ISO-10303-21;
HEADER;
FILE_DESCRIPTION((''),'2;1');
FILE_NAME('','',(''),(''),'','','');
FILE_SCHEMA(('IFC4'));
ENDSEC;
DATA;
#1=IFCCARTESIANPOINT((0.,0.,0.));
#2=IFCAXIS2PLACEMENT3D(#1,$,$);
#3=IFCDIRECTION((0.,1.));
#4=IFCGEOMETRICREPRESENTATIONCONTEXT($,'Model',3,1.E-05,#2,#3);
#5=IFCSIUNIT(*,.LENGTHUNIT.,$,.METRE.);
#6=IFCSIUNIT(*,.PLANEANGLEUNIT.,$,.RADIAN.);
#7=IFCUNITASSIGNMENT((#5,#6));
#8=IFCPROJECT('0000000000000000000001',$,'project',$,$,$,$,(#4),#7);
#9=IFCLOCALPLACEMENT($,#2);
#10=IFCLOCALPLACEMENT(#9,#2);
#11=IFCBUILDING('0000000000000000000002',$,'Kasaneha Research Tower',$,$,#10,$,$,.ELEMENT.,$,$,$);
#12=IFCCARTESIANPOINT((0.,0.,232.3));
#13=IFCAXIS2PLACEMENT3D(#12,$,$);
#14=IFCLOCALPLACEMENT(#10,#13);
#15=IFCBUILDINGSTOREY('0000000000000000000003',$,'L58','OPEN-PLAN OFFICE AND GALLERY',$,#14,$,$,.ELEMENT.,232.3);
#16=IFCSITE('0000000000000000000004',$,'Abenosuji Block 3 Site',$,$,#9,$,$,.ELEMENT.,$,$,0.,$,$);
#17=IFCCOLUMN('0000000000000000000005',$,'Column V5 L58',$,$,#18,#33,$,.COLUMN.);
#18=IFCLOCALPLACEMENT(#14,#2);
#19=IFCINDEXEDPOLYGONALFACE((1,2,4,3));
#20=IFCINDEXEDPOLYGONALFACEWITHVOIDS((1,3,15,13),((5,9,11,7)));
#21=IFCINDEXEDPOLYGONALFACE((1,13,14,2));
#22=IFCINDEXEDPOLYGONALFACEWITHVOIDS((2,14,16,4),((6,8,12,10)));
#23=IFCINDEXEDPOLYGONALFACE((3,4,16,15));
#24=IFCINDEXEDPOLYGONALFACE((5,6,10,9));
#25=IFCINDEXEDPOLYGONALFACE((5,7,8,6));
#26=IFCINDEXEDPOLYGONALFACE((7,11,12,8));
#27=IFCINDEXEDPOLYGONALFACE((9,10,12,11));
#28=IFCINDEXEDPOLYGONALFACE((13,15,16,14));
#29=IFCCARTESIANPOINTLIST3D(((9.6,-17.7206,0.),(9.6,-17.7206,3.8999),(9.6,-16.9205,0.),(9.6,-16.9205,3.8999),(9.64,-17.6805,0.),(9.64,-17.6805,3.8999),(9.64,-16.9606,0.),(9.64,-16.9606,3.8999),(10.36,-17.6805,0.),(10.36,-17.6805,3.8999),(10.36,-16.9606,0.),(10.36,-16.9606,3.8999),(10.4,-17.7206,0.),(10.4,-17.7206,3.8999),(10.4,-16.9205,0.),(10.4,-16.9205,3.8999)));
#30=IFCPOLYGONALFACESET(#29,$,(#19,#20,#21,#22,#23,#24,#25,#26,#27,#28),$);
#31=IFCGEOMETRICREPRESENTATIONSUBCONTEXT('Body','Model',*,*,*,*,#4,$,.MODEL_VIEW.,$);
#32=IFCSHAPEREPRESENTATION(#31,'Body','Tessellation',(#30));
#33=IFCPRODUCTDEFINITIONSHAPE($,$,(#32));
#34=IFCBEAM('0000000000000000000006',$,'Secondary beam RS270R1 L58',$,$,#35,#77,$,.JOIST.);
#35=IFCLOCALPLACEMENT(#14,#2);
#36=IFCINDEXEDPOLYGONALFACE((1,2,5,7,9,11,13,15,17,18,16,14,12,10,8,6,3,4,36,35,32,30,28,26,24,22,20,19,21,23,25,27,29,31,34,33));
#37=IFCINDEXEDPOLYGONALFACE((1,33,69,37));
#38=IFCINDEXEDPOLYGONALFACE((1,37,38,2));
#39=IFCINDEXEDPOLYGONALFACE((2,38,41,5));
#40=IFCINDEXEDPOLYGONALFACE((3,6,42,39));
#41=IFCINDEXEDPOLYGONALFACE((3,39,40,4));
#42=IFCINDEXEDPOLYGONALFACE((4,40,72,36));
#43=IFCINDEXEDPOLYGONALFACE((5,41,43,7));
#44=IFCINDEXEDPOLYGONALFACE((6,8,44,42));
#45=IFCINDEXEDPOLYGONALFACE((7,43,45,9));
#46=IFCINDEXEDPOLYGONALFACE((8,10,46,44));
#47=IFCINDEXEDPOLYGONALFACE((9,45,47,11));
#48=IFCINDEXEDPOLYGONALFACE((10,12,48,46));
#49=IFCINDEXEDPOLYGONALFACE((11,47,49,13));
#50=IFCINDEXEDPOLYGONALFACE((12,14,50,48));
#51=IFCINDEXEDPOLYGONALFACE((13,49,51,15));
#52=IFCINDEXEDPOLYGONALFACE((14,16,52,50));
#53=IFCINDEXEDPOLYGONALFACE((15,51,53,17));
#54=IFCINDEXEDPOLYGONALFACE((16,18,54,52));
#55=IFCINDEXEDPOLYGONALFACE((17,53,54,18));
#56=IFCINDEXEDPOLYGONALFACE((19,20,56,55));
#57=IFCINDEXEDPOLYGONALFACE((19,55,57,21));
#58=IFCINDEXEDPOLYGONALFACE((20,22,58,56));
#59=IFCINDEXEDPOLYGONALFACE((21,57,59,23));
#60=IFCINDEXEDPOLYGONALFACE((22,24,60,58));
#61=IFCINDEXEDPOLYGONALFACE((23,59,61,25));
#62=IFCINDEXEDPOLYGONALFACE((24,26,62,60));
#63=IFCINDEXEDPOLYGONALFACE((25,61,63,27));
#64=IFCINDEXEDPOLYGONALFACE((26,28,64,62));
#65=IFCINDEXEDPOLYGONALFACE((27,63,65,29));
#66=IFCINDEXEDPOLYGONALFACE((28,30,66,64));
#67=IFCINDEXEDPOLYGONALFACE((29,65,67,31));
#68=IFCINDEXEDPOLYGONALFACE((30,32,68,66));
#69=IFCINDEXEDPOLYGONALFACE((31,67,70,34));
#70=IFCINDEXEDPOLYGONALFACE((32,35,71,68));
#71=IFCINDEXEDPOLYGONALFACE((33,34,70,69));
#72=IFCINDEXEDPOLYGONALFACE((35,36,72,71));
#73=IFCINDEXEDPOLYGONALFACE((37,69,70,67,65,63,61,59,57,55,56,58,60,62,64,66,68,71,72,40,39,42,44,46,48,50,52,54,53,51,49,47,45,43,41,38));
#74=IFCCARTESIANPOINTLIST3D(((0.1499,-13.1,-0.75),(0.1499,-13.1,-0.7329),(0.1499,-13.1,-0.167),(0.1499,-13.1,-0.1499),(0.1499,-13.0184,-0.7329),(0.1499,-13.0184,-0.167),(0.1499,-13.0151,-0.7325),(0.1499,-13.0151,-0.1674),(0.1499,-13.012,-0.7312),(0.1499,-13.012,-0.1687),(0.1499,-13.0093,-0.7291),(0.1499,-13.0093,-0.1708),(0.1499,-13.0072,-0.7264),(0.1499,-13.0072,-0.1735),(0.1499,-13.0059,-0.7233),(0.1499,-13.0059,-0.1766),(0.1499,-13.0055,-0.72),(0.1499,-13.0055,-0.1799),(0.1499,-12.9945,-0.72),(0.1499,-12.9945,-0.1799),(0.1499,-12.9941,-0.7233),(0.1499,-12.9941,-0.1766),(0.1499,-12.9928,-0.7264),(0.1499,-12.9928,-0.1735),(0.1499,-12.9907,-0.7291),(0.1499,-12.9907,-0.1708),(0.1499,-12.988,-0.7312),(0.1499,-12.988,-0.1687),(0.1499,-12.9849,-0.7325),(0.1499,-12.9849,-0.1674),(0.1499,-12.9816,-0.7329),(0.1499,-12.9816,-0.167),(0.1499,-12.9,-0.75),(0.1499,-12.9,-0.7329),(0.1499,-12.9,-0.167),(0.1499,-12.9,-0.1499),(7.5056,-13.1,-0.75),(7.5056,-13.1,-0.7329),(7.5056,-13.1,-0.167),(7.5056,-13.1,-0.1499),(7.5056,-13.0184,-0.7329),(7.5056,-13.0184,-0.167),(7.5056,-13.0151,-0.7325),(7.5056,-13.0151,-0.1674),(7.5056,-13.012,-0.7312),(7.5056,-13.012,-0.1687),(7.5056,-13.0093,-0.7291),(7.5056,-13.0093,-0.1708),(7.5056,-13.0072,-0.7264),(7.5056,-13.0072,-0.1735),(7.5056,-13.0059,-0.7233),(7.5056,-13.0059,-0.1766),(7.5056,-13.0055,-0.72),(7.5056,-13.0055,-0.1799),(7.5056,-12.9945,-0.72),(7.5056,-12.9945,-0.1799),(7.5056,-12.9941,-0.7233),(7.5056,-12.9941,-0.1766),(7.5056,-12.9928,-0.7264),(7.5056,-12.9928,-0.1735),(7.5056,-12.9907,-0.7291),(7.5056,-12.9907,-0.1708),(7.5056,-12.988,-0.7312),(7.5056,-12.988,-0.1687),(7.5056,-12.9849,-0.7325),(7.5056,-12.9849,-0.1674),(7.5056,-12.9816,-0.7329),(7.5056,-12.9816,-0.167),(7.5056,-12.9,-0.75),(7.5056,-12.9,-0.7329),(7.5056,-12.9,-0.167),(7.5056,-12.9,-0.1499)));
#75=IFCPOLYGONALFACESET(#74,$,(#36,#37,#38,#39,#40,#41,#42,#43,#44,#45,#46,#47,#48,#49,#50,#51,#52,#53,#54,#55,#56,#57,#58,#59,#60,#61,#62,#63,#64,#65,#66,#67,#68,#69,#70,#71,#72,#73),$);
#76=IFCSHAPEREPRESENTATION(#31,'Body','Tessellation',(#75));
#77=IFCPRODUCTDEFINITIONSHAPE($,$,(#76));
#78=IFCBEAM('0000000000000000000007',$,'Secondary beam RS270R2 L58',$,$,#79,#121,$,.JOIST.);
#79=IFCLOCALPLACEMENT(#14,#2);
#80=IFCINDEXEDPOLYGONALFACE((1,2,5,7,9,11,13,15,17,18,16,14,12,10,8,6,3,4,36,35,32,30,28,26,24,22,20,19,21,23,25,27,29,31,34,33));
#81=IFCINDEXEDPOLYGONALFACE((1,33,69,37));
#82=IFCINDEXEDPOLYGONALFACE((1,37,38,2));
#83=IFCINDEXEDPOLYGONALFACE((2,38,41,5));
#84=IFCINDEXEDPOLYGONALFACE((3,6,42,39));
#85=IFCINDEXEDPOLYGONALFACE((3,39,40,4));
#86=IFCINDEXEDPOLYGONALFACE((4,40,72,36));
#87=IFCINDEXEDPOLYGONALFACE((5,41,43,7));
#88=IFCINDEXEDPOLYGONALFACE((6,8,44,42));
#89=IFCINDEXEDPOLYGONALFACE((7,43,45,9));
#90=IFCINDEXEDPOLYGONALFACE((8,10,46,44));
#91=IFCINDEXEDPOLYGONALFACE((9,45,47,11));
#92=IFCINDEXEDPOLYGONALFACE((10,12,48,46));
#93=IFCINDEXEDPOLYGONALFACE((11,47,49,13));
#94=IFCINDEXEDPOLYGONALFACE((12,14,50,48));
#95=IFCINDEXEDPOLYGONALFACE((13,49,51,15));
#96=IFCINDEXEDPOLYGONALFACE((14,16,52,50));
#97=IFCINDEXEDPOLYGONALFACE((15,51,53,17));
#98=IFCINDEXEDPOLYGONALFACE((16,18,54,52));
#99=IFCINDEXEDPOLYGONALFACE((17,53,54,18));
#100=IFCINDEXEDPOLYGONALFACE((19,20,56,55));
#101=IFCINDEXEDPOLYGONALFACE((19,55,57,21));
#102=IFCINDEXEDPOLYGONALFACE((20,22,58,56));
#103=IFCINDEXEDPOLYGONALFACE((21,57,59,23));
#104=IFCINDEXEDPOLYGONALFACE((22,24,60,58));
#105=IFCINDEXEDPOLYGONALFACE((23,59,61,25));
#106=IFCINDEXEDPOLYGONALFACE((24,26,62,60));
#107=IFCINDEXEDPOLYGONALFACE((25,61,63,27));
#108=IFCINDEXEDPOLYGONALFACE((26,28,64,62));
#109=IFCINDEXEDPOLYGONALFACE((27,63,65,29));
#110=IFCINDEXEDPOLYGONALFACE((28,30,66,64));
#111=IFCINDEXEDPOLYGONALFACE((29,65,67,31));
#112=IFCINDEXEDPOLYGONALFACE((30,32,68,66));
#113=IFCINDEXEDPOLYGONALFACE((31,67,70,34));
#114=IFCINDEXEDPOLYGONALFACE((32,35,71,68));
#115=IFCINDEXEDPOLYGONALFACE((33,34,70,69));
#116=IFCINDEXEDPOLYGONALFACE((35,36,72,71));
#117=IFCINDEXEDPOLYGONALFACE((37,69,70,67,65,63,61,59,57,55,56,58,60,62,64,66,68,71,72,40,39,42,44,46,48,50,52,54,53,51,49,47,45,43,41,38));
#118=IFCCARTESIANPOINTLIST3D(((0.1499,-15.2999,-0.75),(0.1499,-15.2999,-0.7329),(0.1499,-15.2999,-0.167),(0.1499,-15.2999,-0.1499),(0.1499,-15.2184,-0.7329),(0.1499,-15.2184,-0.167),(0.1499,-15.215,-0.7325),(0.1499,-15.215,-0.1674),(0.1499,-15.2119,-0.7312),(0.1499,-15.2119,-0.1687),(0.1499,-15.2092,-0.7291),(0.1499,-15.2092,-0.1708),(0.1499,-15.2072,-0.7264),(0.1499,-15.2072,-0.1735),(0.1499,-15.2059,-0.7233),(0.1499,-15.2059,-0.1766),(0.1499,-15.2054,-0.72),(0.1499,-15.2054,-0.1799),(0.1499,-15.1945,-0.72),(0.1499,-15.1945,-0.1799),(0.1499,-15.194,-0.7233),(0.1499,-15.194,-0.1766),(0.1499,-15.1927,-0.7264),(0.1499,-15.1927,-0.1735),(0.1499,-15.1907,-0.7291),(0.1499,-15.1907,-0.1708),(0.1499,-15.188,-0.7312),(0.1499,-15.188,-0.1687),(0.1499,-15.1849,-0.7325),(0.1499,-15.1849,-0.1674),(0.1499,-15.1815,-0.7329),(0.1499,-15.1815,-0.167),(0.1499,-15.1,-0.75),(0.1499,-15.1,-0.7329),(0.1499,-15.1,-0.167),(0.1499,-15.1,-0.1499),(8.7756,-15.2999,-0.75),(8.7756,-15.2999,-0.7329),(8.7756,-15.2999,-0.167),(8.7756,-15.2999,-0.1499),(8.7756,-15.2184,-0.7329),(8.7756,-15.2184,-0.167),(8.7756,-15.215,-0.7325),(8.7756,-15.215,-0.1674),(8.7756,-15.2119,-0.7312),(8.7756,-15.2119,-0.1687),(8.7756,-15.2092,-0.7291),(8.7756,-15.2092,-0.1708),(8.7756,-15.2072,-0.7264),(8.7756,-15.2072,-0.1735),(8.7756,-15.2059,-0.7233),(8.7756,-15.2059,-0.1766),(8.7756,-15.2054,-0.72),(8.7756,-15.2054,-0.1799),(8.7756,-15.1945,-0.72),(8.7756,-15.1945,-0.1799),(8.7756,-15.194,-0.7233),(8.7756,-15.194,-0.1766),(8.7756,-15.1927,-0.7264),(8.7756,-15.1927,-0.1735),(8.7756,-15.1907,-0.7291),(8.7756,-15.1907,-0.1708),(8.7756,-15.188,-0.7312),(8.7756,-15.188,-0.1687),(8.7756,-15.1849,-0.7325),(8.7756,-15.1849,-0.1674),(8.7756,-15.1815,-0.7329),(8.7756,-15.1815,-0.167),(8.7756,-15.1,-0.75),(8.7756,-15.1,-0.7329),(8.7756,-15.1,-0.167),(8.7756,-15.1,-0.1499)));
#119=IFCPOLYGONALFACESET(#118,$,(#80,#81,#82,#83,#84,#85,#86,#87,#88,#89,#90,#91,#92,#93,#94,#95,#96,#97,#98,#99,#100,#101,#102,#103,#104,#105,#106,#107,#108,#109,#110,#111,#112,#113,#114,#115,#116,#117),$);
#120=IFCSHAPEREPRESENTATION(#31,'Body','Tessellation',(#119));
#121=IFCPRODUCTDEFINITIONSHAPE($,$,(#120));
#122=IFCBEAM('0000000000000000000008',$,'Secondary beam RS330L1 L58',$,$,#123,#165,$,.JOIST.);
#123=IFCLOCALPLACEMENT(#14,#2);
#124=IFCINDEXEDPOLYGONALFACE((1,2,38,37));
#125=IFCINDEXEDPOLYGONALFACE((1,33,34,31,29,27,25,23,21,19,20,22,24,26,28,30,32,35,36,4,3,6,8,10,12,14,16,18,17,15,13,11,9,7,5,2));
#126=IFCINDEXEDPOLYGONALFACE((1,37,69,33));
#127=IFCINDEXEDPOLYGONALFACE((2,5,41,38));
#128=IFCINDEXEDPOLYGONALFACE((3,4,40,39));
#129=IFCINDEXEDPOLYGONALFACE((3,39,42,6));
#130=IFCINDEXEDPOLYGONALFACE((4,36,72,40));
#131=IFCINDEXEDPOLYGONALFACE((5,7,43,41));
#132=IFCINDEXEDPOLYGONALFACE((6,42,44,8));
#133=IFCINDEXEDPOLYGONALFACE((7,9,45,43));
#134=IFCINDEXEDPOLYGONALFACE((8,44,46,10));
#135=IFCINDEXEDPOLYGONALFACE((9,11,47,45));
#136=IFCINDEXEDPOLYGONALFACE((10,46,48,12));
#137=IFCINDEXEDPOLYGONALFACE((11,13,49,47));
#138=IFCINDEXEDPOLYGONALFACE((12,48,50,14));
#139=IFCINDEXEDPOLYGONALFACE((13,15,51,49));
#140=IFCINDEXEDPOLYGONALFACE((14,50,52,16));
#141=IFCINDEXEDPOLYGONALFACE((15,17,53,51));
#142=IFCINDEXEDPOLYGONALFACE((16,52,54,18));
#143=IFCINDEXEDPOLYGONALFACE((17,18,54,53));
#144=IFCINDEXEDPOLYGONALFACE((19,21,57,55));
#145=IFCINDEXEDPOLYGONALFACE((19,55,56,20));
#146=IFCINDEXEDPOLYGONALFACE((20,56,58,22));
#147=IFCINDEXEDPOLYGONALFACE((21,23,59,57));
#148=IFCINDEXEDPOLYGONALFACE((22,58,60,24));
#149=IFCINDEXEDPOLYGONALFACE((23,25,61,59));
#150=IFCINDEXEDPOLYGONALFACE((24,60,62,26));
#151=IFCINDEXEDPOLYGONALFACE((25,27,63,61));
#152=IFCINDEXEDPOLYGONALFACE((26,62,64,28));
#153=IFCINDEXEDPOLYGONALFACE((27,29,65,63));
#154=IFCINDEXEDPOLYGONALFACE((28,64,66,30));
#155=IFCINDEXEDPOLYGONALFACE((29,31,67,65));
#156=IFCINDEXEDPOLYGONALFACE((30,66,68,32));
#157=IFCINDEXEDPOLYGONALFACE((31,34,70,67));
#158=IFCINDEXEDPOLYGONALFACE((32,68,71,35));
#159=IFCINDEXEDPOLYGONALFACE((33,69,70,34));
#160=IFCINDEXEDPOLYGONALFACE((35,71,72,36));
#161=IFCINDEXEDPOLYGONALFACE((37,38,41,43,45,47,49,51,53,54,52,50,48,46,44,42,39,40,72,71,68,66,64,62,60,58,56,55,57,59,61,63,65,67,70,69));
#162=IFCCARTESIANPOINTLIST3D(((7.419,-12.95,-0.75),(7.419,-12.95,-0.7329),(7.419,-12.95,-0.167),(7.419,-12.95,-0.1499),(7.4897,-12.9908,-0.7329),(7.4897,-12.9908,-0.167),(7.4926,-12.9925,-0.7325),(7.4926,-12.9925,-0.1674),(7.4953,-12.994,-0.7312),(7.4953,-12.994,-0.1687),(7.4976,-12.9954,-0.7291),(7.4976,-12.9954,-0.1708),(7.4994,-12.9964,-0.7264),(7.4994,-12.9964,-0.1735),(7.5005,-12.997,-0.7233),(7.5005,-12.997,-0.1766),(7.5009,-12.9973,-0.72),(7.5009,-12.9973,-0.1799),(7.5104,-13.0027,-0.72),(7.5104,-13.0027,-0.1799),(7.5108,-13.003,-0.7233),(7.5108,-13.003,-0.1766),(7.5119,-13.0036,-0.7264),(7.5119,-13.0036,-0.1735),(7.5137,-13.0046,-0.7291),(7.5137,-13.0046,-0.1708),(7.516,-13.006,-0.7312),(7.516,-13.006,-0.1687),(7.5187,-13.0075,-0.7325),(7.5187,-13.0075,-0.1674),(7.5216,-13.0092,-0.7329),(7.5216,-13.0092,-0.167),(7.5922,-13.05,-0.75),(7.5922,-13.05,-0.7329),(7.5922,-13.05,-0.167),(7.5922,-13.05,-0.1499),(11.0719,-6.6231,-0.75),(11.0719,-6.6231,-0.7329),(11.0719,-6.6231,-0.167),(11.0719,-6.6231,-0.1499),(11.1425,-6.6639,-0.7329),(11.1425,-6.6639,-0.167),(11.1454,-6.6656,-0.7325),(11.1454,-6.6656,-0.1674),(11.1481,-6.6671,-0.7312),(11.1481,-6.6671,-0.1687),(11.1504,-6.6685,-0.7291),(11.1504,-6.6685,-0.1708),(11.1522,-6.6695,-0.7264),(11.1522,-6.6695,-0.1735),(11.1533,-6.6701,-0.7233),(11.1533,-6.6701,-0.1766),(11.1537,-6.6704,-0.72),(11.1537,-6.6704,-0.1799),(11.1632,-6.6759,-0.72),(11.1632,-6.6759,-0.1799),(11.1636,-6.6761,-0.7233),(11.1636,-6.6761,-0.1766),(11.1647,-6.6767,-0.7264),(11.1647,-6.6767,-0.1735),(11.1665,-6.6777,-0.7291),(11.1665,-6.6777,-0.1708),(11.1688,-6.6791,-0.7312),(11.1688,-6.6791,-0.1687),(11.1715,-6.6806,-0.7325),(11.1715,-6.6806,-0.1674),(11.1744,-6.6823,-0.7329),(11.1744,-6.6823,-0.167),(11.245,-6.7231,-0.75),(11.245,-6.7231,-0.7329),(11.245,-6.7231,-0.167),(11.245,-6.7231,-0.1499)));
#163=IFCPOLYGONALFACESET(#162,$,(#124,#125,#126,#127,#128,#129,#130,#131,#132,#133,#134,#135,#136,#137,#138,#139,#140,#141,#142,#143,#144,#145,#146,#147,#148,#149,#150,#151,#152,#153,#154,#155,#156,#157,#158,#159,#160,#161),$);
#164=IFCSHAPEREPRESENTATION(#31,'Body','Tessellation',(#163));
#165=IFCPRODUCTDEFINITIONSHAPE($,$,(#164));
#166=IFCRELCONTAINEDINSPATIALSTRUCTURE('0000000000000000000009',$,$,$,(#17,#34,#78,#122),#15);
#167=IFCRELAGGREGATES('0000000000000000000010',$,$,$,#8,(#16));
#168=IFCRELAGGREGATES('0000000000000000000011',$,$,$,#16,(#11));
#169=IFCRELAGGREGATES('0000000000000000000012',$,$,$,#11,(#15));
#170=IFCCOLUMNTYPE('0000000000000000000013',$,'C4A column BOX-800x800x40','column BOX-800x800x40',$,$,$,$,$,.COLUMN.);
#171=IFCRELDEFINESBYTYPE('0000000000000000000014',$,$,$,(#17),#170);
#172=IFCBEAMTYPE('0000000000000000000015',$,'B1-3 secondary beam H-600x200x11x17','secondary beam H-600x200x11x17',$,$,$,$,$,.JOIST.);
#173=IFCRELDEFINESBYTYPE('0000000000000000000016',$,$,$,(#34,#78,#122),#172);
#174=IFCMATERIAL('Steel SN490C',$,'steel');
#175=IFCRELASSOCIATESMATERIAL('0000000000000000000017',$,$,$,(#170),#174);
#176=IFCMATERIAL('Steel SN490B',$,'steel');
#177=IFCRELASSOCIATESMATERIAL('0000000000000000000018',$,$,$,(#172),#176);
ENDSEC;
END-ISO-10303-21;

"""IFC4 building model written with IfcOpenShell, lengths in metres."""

from ifc_helpers import new_model, si_unit, direction, frame, origin, origin_2d, place, context, subcontext, project, spatial, hollow_rectangle, i_section, extrude, material, material_profile, profile_set, type_object, element, save


model = new_model("IFC4")

# Units and contexts
model_context = context("Model", 3, precision=1e-05, world=origin(), true_north=direction((0.0, 1.0)))
body_context = subcontext(model_context, "Body", "Model", "MODEL_VIEW")
ifc_project = project(units=[si_unit("LENGTHUNIT", "METRE"), si_unit("PLANEANGLEUNIT", "RADIAN")], contexts=[model_context])

# Site, building, storey
site_placement = place(None, origin())
site = spatial("IfcSite", under=ifc_project, at=site_placement, Name="Abenosuji Block 3 Site", CompositionType="ELEMENT", RefElevation=0.0)
building_placement = place(site_placement, origin())
building = spatial("IfcBuilding", under=site, at=building_placement, Name="Kasaneha Research Tower", CompositionType="ELEMENT")
storey_placement = place(building_placement, frame((0.0, 0.0, 232.3)))
storey = spatial("IfcBuildingStorey", under=building, at=storey_placement, Name="L58", Description="OPEN-PLAN OFFICE AND GALLERY", CompositionType="ELEMENT", Elevation=232.3)

# Column
ifc_material_1 = material(Name="Steel SN490C", Category="steel")
ifc_material_profile_1 = material_profile(ifc_material_1, hollow_rectangle(XDim=0.8, YDim=0.8, WallThickness=0.04, at=origin_2d()), Name="BOX-800x800x40")
ifc_profile_set_1 = profile_set([ifc_material_profile_1], Name="Steel SN490C")
column_type = type_object("IfcColumnType", Name="C4A column BOX-800x800x40", Description="column BOX-800x800x40", PredefinedType="COLUMN", material=ifc_profile_set_1)
column_placement = place(storey_placement, frame((10.0, -17.3206, 0.0), z_axis=(0.0, 0.0, 1.0), x_axis=(1.0, 0.0, 0.0)))
element("IfcColumn", 1, at=column_placement, inside=storey, type_object=column_type, Name="Column V5 L58", PredefinedType="COLUMN", context=body_context, shape_type="SweptSolid", body=[
    extrude(hollow_rectangle(XDim=0.8, YDim=0.8, WallThickness=0.04, at=origin_2d()), origin(), (0.0, 0.0, 1.0), 3.8999),
])

# Beams
ifc_material_2 = material(Name="Steel SN490B", Category="steel")
ifc_material_profile_2 = material_profile(ifc_material_2, i_section(OverallWidth=0.2, OverallDepth=0.6001, WebThickness=0.011, FlangeThickness=0.0171, FilletRadius=0.0129, at=origin_2d()), Name="H-600x200x11x17")
ifc_profile_set_2 = profile_set([ifc_material_profile_2], Name="Steel SN490B")
beam_type_1 = type_object("IfcBeamType", Name="B1-3 secondary beam H-600x200x11x17", Description="secondary beam H-600x200x11x17", PredefinedType="JOIST", material=ifc_profile_set_2)
beam_1_placement = place(storey_placement, frame((7.5056, -13.0, -0.45), z_axis=(-1.0, 0.0, 0.0), x_axis=(0.0, -1.0, 0.0)))
element("IfcBeam", 2, at=beam_1_placement, inside=storey, type_object=beam_type_1, Name="Secondary beam RS270R1 L58", PredefinedType="JOIST", context=body_context, shape_type="SweptSolid", body=[
    extrude(i_section(OverallWidth=0.2, OverallDepth=0.6001, WebThickness=0.011, FlangeThickness=0.0171, FilletRadius=0.0129, at=origin_2d()), origin(), (0.0, 0.0, 1.0), 7.3557),
])
beam_2_placement = place(storey_placement, frame((8.7756, -15.2, -0.45), z_axis=(-1.0, 0.0, 0.0), x_axis=(0.0, -1.0, 0.0)))
element("IfcBeam", 3, at=beam_2_placement, inside=storey, type_object=beam_type_1, Name="Secondary beam RS270R2 L58", PredefinedType="JOIST", context=body_context, shape_type="SweptSolid", body=[
    extrude(i_section(OverallWidth=0.2, OverallDepth=0.6001, WebThickness=0.011, FlangeThickness=0.0171, FilletRadius=0.0129, at=origin_2d()), origin(), (0.0, 0.0, 1.0), 8.6257),
])
beam_3_placement = place(storey_placement, frame((7.5056, -13.0, -0.45), z_axis=(0.499999, 0.866026, 0.0), x_axis=(-0.866026, 0.499999, 0.0)))
element("IfcBeam", 4, at=beam_3_placement, inside=storey, type_object=beam_type_1, Name="Secondary beam RS330L1 L58", PredefinedType="JOIST", context=body_context, shape_type="SweptSolid", body=[
    extrude(i_section(OverallWidth=0.2, OverallDepth=0.6001, WebThickness=0.011, FlangeThickness=0.0171, FilletRadius=0.0129, at=origin_2d()), origin(), (0.0, 0.0, 1.0), 7.3057),
])

save(model, "model.ifc")
